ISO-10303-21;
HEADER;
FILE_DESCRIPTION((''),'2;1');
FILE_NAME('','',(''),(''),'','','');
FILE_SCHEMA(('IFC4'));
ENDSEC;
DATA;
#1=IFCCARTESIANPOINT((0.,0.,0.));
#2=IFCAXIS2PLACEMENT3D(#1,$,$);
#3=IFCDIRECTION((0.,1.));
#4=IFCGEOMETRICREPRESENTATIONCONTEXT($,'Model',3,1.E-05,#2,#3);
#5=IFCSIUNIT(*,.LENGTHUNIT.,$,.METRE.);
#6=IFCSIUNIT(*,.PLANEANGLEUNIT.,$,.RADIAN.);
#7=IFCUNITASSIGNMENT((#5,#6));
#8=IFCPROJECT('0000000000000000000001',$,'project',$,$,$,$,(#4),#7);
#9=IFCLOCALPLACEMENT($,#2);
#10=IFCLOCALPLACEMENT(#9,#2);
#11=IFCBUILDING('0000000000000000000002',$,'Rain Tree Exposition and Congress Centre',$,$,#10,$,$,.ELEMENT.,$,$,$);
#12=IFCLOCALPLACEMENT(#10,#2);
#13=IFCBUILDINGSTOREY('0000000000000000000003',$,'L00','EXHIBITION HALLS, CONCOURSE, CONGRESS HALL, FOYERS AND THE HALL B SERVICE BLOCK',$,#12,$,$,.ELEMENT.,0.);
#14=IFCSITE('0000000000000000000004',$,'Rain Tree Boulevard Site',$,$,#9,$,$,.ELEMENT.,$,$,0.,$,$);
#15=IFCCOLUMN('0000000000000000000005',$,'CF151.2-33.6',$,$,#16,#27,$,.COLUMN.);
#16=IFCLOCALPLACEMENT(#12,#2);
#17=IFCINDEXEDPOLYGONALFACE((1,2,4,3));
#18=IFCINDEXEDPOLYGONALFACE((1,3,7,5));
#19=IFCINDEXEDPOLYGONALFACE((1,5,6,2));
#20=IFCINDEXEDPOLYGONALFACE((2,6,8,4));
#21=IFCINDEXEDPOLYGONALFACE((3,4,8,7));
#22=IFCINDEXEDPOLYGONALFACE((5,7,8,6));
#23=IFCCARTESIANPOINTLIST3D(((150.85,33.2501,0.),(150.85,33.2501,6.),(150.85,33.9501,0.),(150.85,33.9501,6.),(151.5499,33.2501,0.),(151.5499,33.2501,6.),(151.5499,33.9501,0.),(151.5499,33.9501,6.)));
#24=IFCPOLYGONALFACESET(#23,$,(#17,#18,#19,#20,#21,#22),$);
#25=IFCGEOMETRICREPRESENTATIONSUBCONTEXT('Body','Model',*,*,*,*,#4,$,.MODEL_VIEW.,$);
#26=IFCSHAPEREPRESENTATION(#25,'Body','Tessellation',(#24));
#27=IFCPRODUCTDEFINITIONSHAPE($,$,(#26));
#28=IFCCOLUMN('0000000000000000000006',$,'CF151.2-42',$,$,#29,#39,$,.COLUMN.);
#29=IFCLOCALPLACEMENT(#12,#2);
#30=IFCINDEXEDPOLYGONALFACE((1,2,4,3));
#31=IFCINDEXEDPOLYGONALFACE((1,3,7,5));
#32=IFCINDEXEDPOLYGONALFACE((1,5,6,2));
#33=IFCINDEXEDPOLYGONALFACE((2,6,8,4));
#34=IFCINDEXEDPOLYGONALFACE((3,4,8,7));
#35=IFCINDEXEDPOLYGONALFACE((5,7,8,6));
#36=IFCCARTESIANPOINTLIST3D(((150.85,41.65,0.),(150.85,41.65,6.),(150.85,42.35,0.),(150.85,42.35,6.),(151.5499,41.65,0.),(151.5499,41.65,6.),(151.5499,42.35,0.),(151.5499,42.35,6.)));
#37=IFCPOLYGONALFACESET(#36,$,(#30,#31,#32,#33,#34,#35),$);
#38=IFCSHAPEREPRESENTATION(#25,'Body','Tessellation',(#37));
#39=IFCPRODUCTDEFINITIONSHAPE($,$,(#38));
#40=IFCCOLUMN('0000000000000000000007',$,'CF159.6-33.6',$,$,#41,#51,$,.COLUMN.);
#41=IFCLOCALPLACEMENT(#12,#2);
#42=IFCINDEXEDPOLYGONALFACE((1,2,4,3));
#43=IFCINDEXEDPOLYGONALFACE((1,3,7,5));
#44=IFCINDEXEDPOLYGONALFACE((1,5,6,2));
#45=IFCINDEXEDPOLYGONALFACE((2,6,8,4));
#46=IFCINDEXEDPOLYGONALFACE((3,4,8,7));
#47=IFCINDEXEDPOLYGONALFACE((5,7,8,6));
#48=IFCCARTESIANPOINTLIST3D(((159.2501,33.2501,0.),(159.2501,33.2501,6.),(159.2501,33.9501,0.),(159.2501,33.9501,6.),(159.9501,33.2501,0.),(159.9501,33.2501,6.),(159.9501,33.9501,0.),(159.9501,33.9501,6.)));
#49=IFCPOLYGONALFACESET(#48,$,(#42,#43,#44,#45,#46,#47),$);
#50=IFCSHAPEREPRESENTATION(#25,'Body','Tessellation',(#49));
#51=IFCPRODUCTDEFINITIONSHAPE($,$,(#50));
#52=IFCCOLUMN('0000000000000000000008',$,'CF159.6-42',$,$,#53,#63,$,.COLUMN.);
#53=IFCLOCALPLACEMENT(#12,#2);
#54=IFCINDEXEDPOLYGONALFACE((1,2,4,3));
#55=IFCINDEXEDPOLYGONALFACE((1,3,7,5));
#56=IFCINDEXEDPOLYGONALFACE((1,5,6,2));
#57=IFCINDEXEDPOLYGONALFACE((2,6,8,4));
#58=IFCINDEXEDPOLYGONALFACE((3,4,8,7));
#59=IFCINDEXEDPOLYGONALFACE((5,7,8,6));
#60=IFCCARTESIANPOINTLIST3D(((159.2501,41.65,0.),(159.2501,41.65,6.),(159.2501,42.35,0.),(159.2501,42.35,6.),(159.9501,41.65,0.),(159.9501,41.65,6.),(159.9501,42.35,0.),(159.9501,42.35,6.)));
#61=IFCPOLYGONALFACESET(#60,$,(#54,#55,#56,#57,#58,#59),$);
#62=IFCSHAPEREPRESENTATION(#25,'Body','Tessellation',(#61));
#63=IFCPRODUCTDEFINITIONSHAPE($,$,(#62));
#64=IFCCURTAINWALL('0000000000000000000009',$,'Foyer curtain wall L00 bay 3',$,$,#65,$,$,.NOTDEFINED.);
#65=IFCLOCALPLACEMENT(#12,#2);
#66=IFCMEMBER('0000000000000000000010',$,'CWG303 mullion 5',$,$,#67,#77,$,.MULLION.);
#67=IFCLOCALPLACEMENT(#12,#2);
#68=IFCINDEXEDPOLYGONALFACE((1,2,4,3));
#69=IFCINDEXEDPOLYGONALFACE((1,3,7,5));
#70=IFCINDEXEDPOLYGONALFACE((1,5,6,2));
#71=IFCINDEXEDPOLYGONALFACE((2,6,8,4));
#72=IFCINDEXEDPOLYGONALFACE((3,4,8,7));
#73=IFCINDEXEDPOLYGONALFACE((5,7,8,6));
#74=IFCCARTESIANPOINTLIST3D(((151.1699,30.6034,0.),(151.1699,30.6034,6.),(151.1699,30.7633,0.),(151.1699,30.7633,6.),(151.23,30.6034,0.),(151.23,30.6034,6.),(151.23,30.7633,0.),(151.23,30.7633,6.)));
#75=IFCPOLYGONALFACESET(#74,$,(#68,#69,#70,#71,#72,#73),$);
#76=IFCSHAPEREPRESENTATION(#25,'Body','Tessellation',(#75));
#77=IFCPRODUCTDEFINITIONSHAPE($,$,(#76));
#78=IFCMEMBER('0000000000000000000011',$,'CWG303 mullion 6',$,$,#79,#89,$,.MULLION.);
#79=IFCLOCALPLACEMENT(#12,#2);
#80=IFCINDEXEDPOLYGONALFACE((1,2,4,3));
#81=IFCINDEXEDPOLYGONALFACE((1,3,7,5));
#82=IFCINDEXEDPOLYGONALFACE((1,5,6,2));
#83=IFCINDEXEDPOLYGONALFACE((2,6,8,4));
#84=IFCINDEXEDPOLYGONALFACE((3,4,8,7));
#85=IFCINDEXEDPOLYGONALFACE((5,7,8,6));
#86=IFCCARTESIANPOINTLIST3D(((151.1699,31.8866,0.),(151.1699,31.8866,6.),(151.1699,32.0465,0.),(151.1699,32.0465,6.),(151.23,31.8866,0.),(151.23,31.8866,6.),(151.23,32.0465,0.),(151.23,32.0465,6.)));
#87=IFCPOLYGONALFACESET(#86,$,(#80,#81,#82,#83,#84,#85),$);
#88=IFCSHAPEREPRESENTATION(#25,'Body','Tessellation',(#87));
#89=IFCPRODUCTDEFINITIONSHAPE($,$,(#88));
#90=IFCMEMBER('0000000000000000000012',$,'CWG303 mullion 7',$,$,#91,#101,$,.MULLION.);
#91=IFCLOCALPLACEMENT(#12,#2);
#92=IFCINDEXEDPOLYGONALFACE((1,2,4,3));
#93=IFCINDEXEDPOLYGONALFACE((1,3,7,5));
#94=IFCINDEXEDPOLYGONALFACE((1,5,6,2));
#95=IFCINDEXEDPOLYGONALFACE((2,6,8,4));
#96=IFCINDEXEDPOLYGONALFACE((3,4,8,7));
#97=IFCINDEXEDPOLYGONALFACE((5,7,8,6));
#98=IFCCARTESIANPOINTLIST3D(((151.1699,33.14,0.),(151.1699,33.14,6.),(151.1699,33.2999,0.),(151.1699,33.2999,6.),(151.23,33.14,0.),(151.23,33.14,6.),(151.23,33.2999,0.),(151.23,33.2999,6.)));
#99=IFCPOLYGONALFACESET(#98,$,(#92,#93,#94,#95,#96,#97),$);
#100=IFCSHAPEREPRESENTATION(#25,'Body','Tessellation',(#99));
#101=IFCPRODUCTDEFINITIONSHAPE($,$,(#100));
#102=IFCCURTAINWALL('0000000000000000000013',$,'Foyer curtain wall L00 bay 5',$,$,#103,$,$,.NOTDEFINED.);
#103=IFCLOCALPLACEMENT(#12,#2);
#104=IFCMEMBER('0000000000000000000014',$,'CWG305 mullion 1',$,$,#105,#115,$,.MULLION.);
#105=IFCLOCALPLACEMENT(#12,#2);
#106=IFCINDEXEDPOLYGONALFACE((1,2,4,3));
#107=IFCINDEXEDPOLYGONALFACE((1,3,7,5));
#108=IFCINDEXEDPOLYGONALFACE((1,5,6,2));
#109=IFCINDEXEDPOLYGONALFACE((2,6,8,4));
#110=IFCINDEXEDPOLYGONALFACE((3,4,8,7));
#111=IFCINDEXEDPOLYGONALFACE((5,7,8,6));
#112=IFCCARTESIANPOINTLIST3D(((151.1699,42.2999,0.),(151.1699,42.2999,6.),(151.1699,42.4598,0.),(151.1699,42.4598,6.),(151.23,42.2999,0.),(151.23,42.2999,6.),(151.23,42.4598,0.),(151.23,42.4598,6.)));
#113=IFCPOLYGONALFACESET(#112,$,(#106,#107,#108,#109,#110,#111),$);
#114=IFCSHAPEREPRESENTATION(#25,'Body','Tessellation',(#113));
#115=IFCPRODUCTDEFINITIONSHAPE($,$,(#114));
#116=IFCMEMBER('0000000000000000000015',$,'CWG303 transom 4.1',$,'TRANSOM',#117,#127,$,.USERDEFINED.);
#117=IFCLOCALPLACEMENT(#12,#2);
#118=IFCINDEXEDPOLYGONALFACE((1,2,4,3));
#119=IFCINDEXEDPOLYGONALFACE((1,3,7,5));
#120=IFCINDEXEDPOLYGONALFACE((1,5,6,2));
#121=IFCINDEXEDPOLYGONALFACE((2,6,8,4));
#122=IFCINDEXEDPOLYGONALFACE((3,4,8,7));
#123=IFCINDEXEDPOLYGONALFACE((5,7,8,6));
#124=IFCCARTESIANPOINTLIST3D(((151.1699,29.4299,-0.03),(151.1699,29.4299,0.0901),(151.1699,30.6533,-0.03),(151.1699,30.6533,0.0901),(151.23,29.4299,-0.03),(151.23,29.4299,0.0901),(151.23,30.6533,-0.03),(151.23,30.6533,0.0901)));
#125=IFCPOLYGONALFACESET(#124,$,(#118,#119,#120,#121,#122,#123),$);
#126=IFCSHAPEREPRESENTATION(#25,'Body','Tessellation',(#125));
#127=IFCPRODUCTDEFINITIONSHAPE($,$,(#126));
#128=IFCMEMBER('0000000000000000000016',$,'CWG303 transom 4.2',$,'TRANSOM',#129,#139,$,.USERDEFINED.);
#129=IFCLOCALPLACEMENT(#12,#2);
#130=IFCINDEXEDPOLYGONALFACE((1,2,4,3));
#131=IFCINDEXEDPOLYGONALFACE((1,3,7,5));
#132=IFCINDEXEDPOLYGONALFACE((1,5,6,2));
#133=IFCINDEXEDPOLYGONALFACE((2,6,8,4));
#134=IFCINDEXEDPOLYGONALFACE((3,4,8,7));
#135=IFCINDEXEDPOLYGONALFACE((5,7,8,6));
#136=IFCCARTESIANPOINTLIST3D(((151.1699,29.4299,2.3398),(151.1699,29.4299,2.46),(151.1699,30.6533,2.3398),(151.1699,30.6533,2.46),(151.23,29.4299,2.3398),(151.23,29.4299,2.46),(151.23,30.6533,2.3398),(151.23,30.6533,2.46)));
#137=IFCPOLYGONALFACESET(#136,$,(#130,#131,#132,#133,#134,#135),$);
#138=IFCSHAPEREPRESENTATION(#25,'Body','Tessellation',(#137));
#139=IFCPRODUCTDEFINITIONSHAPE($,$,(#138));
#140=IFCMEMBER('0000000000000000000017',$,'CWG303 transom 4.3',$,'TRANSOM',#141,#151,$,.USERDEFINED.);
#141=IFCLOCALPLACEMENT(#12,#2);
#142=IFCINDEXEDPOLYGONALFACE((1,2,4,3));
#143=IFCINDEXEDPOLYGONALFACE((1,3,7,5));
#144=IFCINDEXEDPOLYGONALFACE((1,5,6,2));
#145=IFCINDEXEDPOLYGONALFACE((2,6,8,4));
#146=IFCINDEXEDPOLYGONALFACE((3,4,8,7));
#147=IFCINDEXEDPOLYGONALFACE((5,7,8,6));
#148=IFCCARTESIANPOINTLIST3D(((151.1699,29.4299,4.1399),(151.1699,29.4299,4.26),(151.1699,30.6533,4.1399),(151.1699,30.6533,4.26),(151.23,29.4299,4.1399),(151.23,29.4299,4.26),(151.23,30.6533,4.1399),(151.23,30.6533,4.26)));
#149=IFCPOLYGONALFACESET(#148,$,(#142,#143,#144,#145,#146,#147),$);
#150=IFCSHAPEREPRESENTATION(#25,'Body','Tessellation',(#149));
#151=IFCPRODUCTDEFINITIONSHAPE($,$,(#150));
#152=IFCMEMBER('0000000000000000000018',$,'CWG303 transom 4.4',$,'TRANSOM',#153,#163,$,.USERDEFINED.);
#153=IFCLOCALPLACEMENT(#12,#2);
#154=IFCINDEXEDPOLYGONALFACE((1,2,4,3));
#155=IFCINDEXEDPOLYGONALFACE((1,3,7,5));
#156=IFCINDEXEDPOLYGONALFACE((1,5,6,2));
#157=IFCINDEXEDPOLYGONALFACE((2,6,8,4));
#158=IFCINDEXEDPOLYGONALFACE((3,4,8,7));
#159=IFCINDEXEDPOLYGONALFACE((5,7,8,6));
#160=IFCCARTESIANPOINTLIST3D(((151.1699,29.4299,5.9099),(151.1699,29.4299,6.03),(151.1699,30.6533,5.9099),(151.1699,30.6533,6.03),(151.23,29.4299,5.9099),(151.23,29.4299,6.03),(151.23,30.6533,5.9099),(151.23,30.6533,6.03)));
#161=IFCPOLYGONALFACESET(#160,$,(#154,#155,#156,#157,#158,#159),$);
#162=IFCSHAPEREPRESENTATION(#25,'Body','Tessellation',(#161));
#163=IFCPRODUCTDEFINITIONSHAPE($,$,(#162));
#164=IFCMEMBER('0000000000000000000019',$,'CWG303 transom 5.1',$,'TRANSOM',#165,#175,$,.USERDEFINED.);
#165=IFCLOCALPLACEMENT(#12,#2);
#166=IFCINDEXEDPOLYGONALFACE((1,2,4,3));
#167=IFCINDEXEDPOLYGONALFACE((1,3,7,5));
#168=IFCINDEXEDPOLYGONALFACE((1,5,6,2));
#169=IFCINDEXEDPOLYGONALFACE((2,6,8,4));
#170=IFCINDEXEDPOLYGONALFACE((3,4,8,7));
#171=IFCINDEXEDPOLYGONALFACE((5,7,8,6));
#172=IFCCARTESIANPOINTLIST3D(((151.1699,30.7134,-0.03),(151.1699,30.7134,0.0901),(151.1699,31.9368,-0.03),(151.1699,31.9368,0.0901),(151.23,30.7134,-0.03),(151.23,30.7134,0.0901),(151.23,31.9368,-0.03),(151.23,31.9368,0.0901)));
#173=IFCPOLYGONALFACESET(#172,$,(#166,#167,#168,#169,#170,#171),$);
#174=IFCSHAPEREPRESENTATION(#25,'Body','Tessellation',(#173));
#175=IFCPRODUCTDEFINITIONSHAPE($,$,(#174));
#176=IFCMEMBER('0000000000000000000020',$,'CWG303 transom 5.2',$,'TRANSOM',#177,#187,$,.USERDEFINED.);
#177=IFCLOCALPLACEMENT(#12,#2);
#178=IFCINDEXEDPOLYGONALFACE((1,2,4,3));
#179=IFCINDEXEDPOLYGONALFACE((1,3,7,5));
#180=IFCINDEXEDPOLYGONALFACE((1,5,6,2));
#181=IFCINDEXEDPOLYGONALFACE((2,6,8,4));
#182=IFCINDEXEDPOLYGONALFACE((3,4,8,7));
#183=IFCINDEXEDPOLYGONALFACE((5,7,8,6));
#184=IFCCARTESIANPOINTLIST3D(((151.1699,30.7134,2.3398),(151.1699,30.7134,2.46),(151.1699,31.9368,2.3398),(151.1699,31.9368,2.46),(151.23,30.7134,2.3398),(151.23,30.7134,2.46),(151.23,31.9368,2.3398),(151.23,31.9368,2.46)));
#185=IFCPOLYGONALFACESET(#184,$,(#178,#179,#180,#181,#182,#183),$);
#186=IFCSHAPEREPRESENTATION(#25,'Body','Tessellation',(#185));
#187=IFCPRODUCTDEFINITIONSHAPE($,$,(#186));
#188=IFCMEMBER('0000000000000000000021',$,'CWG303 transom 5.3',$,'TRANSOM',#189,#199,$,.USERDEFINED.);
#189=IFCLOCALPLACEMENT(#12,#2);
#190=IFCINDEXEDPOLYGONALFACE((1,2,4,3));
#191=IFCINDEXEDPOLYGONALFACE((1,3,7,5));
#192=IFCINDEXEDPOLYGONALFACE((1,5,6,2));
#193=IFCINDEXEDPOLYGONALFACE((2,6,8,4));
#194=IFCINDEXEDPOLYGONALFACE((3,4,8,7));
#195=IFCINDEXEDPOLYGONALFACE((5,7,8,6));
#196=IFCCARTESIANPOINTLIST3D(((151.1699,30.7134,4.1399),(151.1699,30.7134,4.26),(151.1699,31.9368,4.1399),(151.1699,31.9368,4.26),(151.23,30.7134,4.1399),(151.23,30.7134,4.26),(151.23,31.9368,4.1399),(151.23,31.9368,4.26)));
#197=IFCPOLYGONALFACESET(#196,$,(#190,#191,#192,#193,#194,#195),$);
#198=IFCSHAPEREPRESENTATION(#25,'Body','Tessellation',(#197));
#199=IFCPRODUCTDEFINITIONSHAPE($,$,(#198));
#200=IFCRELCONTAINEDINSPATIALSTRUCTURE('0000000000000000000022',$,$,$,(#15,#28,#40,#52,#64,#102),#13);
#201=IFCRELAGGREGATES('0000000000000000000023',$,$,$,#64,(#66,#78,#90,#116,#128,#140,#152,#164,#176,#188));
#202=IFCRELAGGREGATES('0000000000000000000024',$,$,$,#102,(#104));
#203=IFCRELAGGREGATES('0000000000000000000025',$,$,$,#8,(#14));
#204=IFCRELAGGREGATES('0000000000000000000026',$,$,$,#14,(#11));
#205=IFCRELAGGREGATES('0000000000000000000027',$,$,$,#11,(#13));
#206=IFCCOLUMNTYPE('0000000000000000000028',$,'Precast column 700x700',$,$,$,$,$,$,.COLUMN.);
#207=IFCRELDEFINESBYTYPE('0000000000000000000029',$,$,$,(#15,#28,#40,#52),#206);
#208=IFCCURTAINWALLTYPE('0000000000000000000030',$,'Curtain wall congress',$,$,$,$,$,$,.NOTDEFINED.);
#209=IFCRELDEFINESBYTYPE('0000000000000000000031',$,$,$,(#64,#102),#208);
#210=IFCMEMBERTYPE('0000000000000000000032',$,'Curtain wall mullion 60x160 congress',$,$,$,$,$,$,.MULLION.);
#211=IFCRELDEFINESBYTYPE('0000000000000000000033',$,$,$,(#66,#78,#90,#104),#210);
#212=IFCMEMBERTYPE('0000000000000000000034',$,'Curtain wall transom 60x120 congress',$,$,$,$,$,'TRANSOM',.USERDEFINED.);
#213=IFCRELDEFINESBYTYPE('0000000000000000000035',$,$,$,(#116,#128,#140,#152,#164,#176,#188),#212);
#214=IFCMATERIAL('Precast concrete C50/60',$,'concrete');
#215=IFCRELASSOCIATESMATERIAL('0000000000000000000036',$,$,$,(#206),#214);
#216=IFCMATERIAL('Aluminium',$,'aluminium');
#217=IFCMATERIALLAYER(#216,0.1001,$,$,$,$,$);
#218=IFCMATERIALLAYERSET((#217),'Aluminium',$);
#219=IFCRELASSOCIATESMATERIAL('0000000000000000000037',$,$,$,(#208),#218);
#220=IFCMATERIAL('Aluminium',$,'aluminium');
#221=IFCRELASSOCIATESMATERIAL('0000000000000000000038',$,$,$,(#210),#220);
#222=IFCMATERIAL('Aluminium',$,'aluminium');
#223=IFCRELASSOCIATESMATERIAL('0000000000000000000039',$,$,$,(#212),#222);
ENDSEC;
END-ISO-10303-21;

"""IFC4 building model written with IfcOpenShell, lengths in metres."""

from ifc_helpers import new_model, si_unit, direction, frame, origin, origin_2d, place, context, subcontext, project, spatial, rectangle, extrude, material, layer, layer_set, material_profile, profile_set, type_object, element, aggregate, save


model = new_model("IFC4")

# Units and contexts
model_context = context("Model", 3, precision=1e-05, world=origin(), true_north=direction((0.0, 1.0)))
body_context = subcontext(model_context, "Body", "Model", "MODEL_VIEW")
ifc_project = project(units=[si_unit("LENGTHUNIT", "METRE"), si_unit("PLANEANGLEUNIT", "RADIAN")], contexts=[model_context])

# Site, building, storey
site_placement = place(None, origin())
site = spatial("IfcSite", under=ifc_project, at=site_placement, Name="Rain Tree Boulevard Site", CompositionType="ELEMENT", RefElevation=0.0)
building_placement = place(site_placement, origin())
building = spatial("IfcBuilding", under=site, at=building_placement, Name="Rain Tree Exposition and Congress Centre", CompositionType="ELEMENT")
storey_placement = place(building_placement, origin())
storey = spatial("IfcBuildingStorey", under=building, at=storey_placement, Name="L00", Description="EXHIBITION HALLS, CONCOURSE, CONGRESS HALL, FOYERS AND THE HALL B SERVICE BLOCK", CompositionType="ELEMENT", Elevation=0.0)

# Columns
ifc_material_1 = material(Name="Precast concrete C50/60", Category="concrete")
ifc_material_profile_1 = material_profile(ifc_material_1, rectangle(XDim=0.7, YDim=0.7, at=origin_2d()), Name="RC 700x700")
ifc_profile_set_1 = profile_set([ifc_material_profile_1], Name="Precast concrete C50/60")
column_type = type_object("IfcColumnType", Name="Precast column 700x700", PredefinedType="COLUMN", material=ifc_profile_set_1)
for number, where, z_axis, x_axis, name in (
    (1, (151.2, 33.6001, 0.0), (0.0, 0.0, 1.0), (1.0, 0.0, 0.0), "CF151.2-33.6"),
    (2, (151.2, 42.0, 0.0), (0.0, 0.0, 1.0), (1.0, 0.0, 0.0), "CF151.2-42"),
    (3, (159.6001, 33.6001, 0.0), (0.0, 0.0, 1.0), (1.0, 0.0, 0.0), "CF159.6-33.6"),
    (4, (159.6001, 42.0, 0.0), (0.0, 0.0, 1.0), (1.0, 0.0, 0.0), "CF159.6-42"),
):
    element("IfcColumn", number, at=place(storey_placement, frame(where, z_axis=z_axis, x_axis=x_axis)), inside=storey, type_object=column_type, Name=name, PredefinedType="COLUMN", context=body_context, shape_type="SweptSolid", body=[
        extrude(rectangle(XDim=0.7, YDim=0.7, at=origin_2d()), origin(), (0.0, 0.0, 1.0), 6.0),
    ])

# Curtain wall, members
ifc_material_2 = material(Name="Aluminium", Category="aluminium")
ifc_layer_1 = layer(ifc_material_2, 0.1001)
ifc_layer_set_1 = layer_set([ifc_layer_1], Name="Aluminium")
curtain_wall_type = type_object("IfcCurtainWallType", Name="Curtain wall congress", PredefinedType="NOTDEFINED", material=ifc_layer_set_1)
curtain_wall_1_placement = place(storey_placement, origin())
curtain_wall_1 = element("IfcCurtainWall", 5, at=curtain_wall_1_placement, inside=storey, type_object=curtain_wall_type, Name="Foyer curtain wall L00 bay 3", PredefinedType="NOTDEFINED")
ifc_material_3 = material(Name="Aluminium", Category="aluminium")
ifc_material_profile_2 = material_profile(ifc_material_3, rectangle(XDim=0.0601, YDim=0.1599, at=origin_2d()), Name="AL 60x160")
ifc_profile_set_2 = profile_set([ifc_material_profile_2], Name="Aluminium")
member_type_1 = type_object("IfcMemberType", Name="Curtain wall mullion 60x160 congress", PredefinedType="MULLION", material=ifc_profile_set_2)
member_1_placement = place(storey_placement, frame((151.2, 30.6833, 0.0), z_axis=(0.0, 0.0, 1.0), x_axis=(-1.0, 0.0, 0.0)))
member_1 = element("IfcMember", 6, at=member_1_placement, type_object=member_type_1, Name="CWG303 mullion 5", PredefinedType="MULLION", context=body_context, shape_type="SweptSolid", body=[
    extrude(rectangle(XDim=0.0601, YDim=0.1599, at=origin_2d()), origin(), (0.0, 0.0, 1.0), 6.0),
])
member_2_placement = place(storey_placement, frame((151.2, 31.9666, 0.0), z_axis=(0.0, 0.0, 1.0), x_axis=(-1.0, 0.0, 0.0)))
member_2 = element("IfcMember", 7, at=member_2_placement, type_object=member_type_1, Name="CWG303 mullion 6", PredefinedType="MULLION", context=body_context, shape_type="SweptSolid", body=[
    extrude(rectangle(XDim=0.0601, YDim=0.1599, at=origin_2d()), origin(), (0.0, 0.0, 1.0), 6.0),
])
member_3_placement = place(storey_placement, frame((151.2, 33.22, 0.0), z_axis=(0.0, 0.0, 1.0), x_axis=(-1.0, 0.0, 0.0)))
member_3 = element("IfcMember", 8, at=member_3_placement, type_object=member_type_1, Name="CWG303 mullion 7", PredefinedType="MULLION", context=body_context, shape_type="SweptSolid", body=[
    extrude(rectangle(XDim=0.0601, YDim=0.1599, at=origin_2d()), origin(), (0.0, 0.0, 1.0), 6.0),
])

# Curtain wall, member
curtain_wall_2_placement = place(storey_placement, origin())
curtain_wall_2 = element("IfcCurtainWall", 9, at=curtain_wall_2_placement, inside=storey, type_object=curtain_wall_type, Name="Foyer curtain wall L00 bay 5", PredefinedType="NOTDEFINED")
member_4_placement = place(storey_placement, frame((151.2, 42.3799, 0.0), z_axis=(0.0, 0.0, 1.0), x_axis=(-1.0, 0.0, 0.0)))
member_4 = element("IfcMember", 10, at=member_4_placement, type_object=member_type_1, Name="CWG305 mullion 1", PredefinedType="MULLION", context=body_context, shape_type="SweptSolid", body=[
    extrude(rectangle(XDim=0.0601, YDim=0.1599, at=origin_2d()), origin(), (0.0, 0.0, 1.0), 6.0),
])

# Members
ifc_material_4 = material(Name="Aluminium", Category="aluminium")
ifc_material_profile_3 = material_profile(ifc_material_4, rectangle(XDim=0.0601, YDim=0.1201, at=origin_2d()), Name="AL 60x120")
ifc_profile_set_3 = profile_set([ifc_material_profile_3], Name="Aluminium")
member_type_2 = type_object("IfcMemberType", Name="Curtain wall transom 60x120 congress", ElementType="TRANSOM", PredefinedType="USERDEFINED", material=ifc_profile_set_3)
member_5_placement = place(storey_placement, frame((151.2, 29.4299, 0.03), z_axis=(0.0, 1.0, 0.0), x_axis=(-1.0, 0.0, 0.0)))
member_5 = element("IfcMember", 11, at=member_5_placement, type_object=member_type_2, Name="CWG303 transom 4.1", ObjectType="TRANSOM", PredefinedType="USERDEFINED", context=body_context, shape_type="SweptSolid", body=[
    extrude(rectangle(XDim=0.0601, YDim=0.1201, at=origin_2d()), origin(), (0.0, 0.0, 1.0), 1.2234),
])
member_6_placement = place(storey_placement, frame((151.2, 29.4299, 2.3999), z_axis=(0.0, 1.0, 0.0), x_axis=(-1.0, 0.0, 0.0)))
member_6 = element("IfcMember", 12, at=member_6_placement, type_object=member_type_2, Name="CWG303 transom 4.2", ObjectType="TRANSOM", PredefinedType="USERDEFINED", context=body_context, shape_type="SweptSolid", body=[
    extrude(rectangle(XDim=0.0601, YDim=0.1201, at=origin_2d()), origin(), (0.0, 0.0, 1.0), 1.2234),
])
member_7_placement = place(storey_placement, frame((151.2, 29.4299, 4.2), z_axis=(0.0, 1.0, 0.0), x_axis=(-1.0, 0.0, 0.0)))
member_7 = element("IfcMember", 13, at=member_7_placement, type_object=member_type_2, Name="CWG303 transom 4.3", ObjectType="TRANSOM", PredefinedType="USERDEFINED", context=body_context, shape_type="SweptSolid", body=[
    extrude(rectangle(XDim=0.0601, YDim=0.1201, at=origin_2d()), origin(), (0.0, 0.0, 1.0), 1.2234),
])
member_8_placement = place(storey_placement, frame((151.2, 29.4299, 5.97), z_axis=(0.0, 1.0, 0.0), x_axis=(-1.0, 0.0, 0.0)))
member_8 = element("IfcMember", 14, at=member_8_placement, type_object=member_type_2, Name="CWG303 transom 4.4", ObjectType="TRANSOM", PredefinedType="USERDEFINED", context=body_context, shape_type="SweptSolid", body=[
    extrude(rectangle(XDim=0.0601, YDim=0.1201, at=origin_2d()), origin(), (0.0, 0.0, 1.0), 1.2234),
])
member_9_placement = place(storey_placement, frame((151.2, 30.7134, 0.03), z_axis=(0.0, 1.0, 0.0), x_axis=(-1.0, 0.0, 0.0)))
member_9 = element("IfcMember", 15, at=member_9_placement, type_object=member_type_2, Name="CWG303 transom 5.1", ObjectType="TRANSOM", PredefinedType="USERDEFINED", context=body_context, shape_type="SweptSolid", body=[
    extrude(rectangle(XDim=0.0601, YDim=0.1201, at=origin_2d()), origin(), (0.0, 0.0, 1.0), 1.2234),
])
member_10_placement = place(storey_placement, frame((151.2, 30.7134, 2.3999), z_axis=(0.0, 1.0, 0.0), x_axis=(-1.0, 0.0, 0.0)))
member_10 = element("IfcMember", 16, at=member_10_placement, type_object=member_type_2, Name="CWG303 transom 5.2", ObjectType="TRANSOM", PredefinedType="USERDEFINED", context=body_context, shape_type="SweptSolid", body=[
    extrude(rectangle(XDim=0.0601, YDim=0.1201, at=origin_2d()), origin(), (0.0, 0.0, 1.0), 1.2234),
])
member_11_placement = place(storey_placement, frame((151.2, 30.7134, 4.2), z_axis=(0.0, 1.0, 0.0), x_axis=(-1.0, 0.0, 0.0)))
member_11 = element("IfcMember", 17, at=member_11_placement, type_object=member_type_2, Name="CWG303 transom 5.3", ObjectType="TRANSOM", PredefinedType="USERDEFINED", context=body_context, shape_type="SweptSolid", body=[
    extrude(rectangle(XDim=0.0601, YDim=0.1201, at=origin_2d()), origin(), (0.0, 0.0, 1.0), 1.2234),
])

aggregate(curtain_wall_1, [member_1, member_2, member_3, member_5, member_6, member_7, member_8, member_9, member_10, member_11])
aggregate(curtain_wall_2, [member_4])

save(model, "model.ifc")
